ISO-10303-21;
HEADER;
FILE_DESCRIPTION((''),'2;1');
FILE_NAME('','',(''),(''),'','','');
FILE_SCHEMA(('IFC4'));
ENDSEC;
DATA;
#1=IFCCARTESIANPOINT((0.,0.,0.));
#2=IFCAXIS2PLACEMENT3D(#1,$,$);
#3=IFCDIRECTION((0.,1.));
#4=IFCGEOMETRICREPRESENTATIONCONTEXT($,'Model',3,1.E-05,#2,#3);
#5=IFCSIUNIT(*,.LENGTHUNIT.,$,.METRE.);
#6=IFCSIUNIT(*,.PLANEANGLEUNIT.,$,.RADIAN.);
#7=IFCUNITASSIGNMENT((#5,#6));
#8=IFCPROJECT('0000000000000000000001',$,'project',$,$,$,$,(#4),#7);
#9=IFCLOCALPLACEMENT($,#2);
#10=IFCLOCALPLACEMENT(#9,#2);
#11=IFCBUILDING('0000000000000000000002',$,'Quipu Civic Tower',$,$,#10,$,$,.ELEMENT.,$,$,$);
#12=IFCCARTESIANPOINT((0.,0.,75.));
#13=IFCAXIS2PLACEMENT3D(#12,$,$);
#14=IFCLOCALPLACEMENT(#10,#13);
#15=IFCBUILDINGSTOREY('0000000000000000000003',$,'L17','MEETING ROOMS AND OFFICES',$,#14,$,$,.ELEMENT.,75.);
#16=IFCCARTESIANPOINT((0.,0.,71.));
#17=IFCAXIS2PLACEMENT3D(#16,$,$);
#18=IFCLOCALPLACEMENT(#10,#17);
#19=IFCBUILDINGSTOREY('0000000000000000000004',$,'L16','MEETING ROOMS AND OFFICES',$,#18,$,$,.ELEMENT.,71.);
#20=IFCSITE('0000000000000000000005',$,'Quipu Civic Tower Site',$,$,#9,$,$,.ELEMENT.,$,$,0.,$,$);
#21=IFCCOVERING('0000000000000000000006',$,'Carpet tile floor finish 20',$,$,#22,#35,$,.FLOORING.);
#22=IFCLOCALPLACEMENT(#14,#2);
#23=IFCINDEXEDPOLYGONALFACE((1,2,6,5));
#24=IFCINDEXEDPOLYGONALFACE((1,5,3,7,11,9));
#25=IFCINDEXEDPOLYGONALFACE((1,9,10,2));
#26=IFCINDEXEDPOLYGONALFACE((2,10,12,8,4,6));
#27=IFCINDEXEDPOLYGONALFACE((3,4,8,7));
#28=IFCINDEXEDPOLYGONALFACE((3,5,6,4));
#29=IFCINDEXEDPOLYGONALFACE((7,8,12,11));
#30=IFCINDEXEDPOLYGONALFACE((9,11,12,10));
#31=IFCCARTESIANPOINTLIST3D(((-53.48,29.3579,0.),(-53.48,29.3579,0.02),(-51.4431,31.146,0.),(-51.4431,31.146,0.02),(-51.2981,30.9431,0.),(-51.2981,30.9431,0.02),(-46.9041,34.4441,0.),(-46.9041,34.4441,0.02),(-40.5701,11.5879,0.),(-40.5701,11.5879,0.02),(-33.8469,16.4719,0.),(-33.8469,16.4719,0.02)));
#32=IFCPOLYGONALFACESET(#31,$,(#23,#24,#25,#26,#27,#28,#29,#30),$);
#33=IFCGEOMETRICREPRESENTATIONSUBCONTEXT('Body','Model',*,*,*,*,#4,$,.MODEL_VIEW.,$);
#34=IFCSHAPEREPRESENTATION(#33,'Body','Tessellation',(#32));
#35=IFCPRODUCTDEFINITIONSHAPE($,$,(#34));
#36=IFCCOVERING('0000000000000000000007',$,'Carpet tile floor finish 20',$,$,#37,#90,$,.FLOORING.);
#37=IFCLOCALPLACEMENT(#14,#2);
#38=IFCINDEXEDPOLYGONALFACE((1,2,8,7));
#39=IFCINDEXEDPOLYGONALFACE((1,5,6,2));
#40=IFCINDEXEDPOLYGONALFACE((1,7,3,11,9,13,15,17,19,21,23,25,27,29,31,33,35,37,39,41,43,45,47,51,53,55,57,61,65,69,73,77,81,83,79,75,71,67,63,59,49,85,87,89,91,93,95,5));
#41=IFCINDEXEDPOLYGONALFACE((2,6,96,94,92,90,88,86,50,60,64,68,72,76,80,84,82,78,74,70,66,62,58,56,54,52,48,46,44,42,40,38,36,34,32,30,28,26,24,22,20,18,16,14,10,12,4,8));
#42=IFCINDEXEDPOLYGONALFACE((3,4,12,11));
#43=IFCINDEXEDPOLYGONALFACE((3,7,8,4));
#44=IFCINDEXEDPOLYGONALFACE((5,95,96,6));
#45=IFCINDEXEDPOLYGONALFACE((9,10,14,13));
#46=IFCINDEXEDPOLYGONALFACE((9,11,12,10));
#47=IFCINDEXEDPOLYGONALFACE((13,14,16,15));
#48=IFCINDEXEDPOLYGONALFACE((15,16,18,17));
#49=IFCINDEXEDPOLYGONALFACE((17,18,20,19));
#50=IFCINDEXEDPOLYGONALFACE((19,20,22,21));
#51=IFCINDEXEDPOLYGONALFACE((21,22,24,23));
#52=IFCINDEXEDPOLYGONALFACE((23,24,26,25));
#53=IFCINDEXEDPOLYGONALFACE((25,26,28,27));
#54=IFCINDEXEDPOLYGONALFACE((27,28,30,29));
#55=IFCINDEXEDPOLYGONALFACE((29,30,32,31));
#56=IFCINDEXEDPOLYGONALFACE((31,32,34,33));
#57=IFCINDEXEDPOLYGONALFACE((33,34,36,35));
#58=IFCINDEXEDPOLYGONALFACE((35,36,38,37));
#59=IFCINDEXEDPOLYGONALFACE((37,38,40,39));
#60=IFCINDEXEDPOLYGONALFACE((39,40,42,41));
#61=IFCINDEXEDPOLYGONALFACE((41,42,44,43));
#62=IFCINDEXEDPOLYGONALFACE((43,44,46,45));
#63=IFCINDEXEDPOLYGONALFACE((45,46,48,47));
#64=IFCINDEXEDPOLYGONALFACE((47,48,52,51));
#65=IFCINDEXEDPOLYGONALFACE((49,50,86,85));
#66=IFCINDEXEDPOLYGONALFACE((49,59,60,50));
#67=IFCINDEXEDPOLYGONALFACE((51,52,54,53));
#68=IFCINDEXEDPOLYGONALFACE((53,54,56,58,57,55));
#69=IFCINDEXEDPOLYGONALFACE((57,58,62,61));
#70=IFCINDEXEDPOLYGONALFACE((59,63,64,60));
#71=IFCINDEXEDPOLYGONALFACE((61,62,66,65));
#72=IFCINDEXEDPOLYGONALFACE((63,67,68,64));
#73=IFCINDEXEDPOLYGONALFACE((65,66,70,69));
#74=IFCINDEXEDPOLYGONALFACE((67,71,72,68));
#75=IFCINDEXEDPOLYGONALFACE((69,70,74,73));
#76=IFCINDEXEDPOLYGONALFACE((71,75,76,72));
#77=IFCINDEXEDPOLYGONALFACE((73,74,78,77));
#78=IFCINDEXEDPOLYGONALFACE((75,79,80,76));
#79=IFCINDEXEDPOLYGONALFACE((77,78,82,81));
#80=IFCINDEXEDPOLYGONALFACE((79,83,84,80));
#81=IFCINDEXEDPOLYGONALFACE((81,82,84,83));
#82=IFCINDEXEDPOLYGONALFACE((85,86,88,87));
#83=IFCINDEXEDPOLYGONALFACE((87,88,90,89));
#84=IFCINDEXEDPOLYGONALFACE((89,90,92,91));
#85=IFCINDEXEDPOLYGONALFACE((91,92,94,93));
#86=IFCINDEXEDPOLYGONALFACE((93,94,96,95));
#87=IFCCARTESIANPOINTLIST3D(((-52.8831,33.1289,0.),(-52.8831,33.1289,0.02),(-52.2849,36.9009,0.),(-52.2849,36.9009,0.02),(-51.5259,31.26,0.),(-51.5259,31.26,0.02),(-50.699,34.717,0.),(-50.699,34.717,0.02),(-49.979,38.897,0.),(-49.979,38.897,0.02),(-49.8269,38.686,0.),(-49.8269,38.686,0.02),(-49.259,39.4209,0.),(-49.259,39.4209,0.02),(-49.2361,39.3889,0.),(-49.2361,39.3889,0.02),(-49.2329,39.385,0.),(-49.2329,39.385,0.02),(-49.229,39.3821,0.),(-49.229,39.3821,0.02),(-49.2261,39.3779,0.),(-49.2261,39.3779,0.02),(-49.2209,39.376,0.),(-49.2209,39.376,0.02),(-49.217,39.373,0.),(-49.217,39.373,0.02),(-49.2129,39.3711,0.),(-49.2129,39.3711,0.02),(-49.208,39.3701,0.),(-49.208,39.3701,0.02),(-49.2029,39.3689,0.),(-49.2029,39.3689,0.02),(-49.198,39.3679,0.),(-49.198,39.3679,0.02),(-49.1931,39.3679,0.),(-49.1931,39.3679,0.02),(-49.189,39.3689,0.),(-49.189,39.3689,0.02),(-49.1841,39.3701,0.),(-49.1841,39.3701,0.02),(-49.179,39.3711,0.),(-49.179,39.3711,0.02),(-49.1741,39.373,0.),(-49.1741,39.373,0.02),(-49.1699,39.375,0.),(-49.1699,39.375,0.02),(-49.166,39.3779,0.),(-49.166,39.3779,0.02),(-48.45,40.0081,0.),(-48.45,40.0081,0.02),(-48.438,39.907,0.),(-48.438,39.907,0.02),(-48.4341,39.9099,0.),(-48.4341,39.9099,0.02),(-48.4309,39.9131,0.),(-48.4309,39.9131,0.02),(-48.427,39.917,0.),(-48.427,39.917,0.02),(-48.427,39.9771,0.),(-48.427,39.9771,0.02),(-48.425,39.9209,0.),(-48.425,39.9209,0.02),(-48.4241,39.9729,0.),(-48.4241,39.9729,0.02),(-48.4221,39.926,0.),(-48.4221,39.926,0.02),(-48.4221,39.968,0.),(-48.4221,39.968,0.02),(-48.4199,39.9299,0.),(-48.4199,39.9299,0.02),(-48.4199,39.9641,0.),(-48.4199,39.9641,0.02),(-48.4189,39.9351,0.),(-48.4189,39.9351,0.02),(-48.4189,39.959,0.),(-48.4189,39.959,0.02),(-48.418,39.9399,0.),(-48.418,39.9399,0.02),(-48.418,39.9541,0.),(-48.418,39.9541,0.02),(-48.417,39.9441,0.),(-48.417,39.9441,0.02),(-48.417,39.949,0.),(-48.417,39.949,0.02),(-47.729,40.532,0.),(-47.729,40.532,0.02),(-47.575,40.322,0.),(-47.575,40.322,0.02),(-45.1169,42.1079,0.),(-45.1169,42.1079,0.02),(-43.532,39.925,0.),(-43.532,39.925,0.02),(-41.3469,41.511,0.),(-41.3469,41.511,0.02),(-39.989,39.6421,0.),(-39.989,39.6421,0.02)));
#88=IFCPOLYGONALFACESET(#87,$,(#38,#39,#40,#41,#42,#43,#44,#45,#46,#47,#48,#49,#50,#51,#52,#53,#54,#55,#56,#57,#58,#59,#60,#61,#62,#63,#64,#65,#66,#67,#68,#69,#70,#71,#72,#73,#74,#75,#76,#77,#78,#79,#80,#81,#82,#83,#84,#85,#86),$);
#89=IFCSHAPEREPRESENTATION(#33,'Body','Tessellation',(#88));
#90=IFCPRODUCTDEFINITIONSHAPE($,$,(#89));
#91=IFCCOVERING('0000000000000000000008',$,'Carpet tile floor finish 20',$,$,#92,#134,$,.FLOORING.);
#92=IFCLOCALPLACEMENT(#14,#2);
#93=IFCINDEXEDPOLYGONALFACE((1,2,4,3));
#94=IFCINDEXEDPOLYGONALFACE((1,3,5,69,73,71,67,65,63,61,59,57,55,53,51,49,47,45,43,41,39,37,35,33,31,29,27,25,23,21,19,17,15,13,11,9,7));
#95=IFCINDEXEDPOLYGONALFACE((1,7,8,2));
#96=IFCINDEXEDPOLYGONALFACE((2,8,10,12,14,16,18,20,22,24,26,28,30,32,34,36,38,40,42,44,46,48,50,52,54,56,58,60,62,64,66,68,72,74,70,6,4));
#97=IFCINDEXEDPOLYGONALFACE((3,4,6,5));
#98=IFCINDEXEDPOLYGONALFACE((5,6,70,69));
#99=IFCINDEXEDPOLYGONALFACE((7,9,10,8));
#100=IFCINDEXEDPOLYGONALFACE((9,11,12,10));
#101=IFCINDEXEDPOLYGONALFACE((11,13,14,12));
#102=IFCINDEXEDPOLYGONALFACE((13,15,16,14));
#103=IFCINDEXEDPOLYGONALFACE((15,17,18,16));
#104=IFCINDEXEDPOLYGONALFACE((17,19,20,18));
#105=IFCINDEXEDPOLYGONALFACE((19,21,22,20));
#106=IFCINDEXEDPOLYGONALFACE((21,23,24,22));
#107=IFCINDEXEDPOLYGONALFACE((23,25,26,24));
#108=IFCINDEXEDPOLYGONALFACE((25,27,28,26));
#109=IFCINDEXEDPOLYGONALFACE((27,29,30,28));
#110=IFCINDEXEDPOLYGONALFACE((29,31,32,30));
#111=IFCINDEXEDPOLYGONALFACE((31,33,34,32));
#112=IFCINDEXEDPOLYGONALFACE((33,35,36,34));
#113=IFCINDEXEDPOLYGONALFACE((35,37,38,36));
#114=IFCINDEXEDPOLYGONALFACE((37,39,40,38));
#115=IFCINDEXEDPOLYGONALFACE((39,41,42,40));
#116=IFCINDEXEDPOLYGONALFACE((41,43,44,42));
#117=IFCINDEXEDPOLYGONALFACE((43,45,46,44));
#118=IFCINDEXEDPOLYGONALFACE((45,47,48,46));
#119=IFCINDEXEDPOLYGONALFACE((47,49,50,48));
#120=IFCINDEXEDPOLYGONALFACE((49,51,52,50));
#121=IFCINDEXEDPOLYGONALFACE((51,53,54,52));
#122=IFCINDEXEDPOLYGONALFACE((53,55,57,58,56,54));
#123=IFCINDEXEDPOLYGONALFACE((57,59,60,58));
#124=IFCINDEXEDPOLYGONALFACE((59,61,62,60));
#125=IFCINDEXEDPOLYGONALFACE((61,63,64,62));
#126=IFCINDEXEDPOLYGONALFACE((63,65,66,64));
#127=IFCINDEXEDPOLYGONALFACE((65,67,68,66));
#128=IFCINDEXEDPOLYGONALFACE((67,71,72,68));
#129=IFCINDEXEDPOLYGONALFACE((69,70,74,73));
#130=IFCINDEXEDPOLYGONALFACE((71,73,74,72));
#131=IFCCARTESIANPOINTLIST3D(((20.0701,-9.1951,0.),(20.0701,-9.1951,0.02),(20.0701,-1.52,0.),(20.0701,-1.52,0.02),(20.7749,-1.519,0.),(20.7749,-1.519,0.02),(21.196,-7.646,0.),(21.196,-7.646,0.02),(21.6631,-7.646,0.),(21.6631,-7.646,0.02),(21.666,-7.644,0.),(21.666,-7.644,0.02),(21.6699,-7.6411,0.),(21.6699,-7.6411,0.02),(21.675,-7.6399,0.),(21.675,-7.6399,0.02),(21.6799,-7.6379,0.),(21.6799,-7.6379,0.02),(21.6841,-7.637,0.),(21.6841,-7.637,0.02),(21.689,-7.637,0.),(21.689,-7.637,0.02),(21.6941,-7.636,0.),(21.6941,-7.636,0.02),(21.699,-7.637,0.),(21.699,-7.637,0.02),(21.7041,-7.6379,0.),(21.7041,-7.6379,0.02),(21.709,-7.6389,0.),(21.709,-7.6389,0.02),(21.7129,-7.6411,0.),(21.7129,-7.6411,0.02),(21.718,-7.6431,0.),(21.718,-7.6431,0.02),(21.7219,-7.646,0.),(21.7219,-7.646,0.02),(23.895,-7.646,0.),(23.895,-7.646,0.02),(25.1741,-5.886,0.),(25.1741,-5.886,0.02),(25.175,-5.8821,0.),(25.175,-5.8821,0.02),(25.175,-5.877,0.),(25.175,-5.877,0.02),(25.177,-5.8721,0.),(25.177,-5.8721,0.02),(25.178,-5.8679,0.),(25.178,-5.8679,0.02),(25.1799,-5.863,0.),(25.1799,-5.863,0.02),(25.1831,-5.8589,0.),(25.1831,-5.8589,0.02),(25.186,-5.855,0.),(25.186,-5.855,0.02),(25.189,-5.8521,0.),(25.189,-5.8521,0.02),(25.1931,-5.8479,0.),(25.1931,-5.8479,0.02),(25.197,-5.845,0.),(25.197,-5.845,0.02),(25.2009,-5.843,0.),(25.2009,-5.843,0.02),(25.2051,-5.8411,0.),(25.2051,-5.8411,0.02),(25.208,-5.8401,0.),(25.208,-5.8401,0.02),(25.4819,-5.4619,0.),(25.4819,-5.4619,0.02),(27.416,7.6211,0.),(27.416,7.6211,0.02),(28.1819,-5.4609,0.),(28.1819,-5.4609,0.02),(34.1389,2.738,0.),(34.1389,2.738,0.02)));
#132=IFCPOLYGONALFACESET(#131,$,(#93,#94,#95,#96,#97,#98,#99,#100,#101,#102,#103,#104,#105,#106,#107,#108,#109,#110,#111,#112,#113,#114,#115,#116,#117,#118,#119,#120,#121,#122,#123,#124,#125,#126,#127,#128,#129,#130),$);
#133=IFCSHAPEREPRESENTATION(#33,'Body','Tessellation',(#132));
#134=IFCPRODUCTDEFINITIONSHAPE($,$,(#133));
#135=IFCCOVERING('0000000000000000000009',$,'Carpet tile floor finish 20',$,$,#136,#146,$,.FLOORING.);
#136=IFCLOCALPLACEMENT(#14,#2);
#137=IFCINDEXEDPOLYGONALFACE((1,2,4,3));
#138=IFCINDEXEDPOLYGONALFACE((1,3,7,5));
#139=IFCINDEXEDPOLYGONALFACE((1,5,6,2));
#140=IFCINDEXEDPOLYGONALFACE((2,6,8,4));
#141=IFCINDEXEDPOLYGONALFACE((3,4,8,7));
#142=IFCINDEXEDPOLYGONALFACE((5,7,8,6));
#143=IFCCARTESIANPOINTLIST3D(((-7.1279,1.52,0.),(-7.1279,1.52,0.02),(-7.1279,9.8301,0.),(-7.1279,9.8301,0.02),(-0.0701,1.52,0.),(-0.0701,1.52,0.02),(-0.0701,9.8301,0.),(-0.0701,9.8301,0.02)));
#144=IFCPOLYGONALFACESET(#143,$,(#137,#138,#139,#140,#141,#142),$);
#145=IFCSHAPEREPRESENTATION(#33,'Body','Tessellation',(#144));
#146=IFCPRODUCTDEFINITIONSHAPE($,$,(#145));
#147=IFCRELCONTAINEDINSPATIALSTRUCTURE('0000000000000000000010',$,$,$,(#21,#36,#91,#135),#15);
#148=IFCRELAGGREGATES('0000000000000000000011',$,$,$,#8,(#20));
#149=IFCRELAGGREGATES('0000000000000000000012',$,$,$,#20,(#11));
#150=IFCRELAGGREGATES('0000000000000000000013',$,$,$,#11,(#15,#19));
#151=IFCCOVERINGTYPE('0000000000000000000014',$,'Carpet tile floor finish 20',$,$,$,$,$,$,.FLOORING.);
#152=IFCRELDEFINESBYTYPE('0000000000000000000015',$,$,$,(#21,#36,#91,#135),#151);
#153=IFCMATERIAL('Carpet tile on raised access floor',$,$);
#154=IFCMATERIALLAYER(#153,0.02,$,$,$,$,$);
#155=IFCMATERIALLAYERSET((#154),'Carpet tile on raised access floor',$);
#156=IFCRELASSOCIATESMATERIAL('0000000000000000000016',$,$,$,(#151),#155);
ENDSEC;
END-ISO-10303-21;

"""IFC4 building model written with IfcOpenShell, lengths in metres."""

from ifc_helpers import new_model, si_unit, direction, frame, origin, place, context, subcontext, project, spatial, polyline, outline, extrude, material, layer, layer_set, type_object, element, save


model = new_model("IFC4")

# Units and contexts
model_context = context("Model", 3, precision=1e-05, world=origin(), true_north=direction((0.0, 1.0)))
body_context = subcontext(model_context, "Body", "Model", "MODEL_VIEW")
ifc_project = project(units=[si_unit("LENGTHUNIT", "METRE"), si_unit("PLANEANGLEUNIT", "RADIAN")], contexts=[model_context])

# Site, building, storey
site_placement = place(None, origin())
site = spatial("IfcSite", under=ifc_project, at=site_placement, Name="Quipu Civic Tower Site", CompositionType="ELEMENT", RefElevation=0.0)
building_placement = place(site_placement, origin())
building = spatial("IfcBuilding", under=site, at=building_placement, Name="Quipu Civic Tower", CompositionType="ELEMENT")
storey_1_placement = place(building_placement, frame((0.0, 0.0, 75.0)))
storey_1 = spatial("IfcBuildingStorey", under=building, at=storey_1_placement, Name="L17", Description="MEETING ROOMS AND OFFICES", CompositionType="ELEMENT", Elevation=75.0)

# Shared definitions
storey_2_placement = place(building_placement, frame((0.0, 0.0, 71.0)))
storey_2 = spatial("IfcBuildingStorey", under=building, at=storey_2_placement, Name="L16", Description="MEETING ROOMS AND OFFICES", CompositionType="ELEMENT", Elevation=71.0)

# Coverings
ifc_material_1 = material(Name="Carpet tile on raised access floor")
ifc_layer_1 = layer(ifc_material_1, 0.02)
ifc_layer_set_1 = layer_set([ifc_layer_1], Name="Carpet tile on raised access floor")
covering_type_1 = type_object("IfcCoveringType", Name="Carpet tile floor finish 20", PredefinedType="FLOORING", material=ifc_layer_set_1)
covering_1_placement = place(storey_1_placement, origin())
element("IfcCovering", 1, at=covering_1_placement, inside=storey_1, type_object=covering_type_1, Name="Carpet tile floor finish 20", PredefinedType="FLOORING", context=body_context, shape_type="SweptSolid", body=[
    extrude(outline(polyline([(-53.48, 29.3579), (-51.2981, 30.9431), (-51.4431, 31.146), (-46.9041, 34.4441), (-33.8469, 16.4719), (-40.5701, 11.5879), (-53.48, 29.3579)])), origin(), (0.0, 0.0, 1.0), 0.02),
])
covering_2_placement = place(storey_1_placement, origin())
element("IfcCovering", 2, at=covering_2_placement, inside=storey_1, type_object=covering_type_1, Name="Carpet tile floor finish 20", PredefinedType="FLOORING", context=body_context, shape_type="SweptSolid", body=[
    extrude(outline(polyline([(-52.8831, 33.1289), (-50.699, 34.717), (-52.2849, 36.9009), (-49.8269, 38.686), (-49.979, 38.897), (-49.259, 39.4209), (-49.2361, 39.3889), (-49.2329, 39.385), (-49.229, 39.3821), (-49.2261, 39.3779), (-49.2209, 39.376), (-49.217, 39.373), (-49.2129, 39.3711), (-49.208, 39.3701), (-49.2029, 39.3689), (-49.198, 39.3679), (-49.1931, 39.3679), (-49.189, 39.3689), (-49.1841, 39.3701), (-49.179, 39.3711), (-49.1741, 39.373), (-49.1699, 39.375), (-49.166, 39.3779), (-48.438, 39.907), (-48.4341, 39.9099), (-48.4309, 39.9131), (-48.427, 39.917), (-48.425, 39.9209), (-48.4221, 39.926), (-48.4199, 39.9299), (-48.4189, 39.9351), (-48.418, 39.9399), (-48.417, 39.9441), (-48.417, 39.949), (-48.418, 39.9541), (-48.4189, 39.959), (-48.4199, 39.9641), (-48.4221, 39.968), (-48.4241, 39.9729), (-48.427, 39.9771), (-48.45, 40.0081), (-47.729, 40.532), (-47.575, 40.322), (-45.1169, 42.1079), (-43.532, 39.925), (-41.3469, 41.511), (-39.989, 39.6421), (-51.5259, 31.26), (-52.8831, 33.1289)])), origin(), (0.0, 0.0, 1.0), 0.02),
])
covering_3_placement = place(storey_1_placement, origin())
element("IfcCovering", 3, at=covering_3_placement, inside=storey_1, type_object=covering_type_1, Name="Carpet tile floor finish 20", PredefinedType="FLOORING", context=body_context, shape_type="SweptSolid", body=[
    extrude(outline(polyline([(20.0701, -9.1951), (20.0701, -1.52), (20.7749, -1.519), (27.416, 7.6211), (34.1389, 2.738), (28.1819, -5.4609), (25.4819, -5.4619), (25.208, -5.8401), (25.2051, -5.8411), (25.2009, -5.843), (25.197, -5.845), (25.1931, -5.8479), (25.189, -5.8521), (25.186, -5.855), (25.1831, -5.8589), (25.1799, -5.863), (25.178, -5.8679), (25.177, -5.8721), (25.175, -5.877), (25.175, -5.8821), (25.1741, -5.886), (23.895, -7.646), (21.7219, -7.646), (21.7219, -7.646), (21.718, -7.6431), (21.7129, -7.6411), (21.709, -7.6389), (21.7041, -7.6379), (21.699, -7.637), (21.6941, -7.636), (21.689, -7.637), (21.6841, -7.637), (21.6799, -7.6379), (21.675, -7.6399), (21.6699, -7.6411), (21.666, -7.644), (21.6631, -7.646), (21.196, -7.646), (20.0701, -9.1951)])), origin(), (0.0, 0.0, 1.0), 0.02),
])
covering_4_placement = place(storey_1_placement, origin())
element("IfcCovering", 4, at=covering_4_placement, inside=storey_1, type_object=covering_type_1, Name="Carpet tile floor finish 20", PredefinedType="FLOORING", context=body_context, shape_type="SweptSolid", body=[
    extrude(outline(polyline([(-7.1279, 9.8301), (-0.0701, 9.8301), (-0.0701, 1.52), (-7.1279, 1.52), (-7.1279, 9.8301)])), origin(), (0.0, 0.0, 1.0), 0.02),
])

save(model, "model.ifc")
